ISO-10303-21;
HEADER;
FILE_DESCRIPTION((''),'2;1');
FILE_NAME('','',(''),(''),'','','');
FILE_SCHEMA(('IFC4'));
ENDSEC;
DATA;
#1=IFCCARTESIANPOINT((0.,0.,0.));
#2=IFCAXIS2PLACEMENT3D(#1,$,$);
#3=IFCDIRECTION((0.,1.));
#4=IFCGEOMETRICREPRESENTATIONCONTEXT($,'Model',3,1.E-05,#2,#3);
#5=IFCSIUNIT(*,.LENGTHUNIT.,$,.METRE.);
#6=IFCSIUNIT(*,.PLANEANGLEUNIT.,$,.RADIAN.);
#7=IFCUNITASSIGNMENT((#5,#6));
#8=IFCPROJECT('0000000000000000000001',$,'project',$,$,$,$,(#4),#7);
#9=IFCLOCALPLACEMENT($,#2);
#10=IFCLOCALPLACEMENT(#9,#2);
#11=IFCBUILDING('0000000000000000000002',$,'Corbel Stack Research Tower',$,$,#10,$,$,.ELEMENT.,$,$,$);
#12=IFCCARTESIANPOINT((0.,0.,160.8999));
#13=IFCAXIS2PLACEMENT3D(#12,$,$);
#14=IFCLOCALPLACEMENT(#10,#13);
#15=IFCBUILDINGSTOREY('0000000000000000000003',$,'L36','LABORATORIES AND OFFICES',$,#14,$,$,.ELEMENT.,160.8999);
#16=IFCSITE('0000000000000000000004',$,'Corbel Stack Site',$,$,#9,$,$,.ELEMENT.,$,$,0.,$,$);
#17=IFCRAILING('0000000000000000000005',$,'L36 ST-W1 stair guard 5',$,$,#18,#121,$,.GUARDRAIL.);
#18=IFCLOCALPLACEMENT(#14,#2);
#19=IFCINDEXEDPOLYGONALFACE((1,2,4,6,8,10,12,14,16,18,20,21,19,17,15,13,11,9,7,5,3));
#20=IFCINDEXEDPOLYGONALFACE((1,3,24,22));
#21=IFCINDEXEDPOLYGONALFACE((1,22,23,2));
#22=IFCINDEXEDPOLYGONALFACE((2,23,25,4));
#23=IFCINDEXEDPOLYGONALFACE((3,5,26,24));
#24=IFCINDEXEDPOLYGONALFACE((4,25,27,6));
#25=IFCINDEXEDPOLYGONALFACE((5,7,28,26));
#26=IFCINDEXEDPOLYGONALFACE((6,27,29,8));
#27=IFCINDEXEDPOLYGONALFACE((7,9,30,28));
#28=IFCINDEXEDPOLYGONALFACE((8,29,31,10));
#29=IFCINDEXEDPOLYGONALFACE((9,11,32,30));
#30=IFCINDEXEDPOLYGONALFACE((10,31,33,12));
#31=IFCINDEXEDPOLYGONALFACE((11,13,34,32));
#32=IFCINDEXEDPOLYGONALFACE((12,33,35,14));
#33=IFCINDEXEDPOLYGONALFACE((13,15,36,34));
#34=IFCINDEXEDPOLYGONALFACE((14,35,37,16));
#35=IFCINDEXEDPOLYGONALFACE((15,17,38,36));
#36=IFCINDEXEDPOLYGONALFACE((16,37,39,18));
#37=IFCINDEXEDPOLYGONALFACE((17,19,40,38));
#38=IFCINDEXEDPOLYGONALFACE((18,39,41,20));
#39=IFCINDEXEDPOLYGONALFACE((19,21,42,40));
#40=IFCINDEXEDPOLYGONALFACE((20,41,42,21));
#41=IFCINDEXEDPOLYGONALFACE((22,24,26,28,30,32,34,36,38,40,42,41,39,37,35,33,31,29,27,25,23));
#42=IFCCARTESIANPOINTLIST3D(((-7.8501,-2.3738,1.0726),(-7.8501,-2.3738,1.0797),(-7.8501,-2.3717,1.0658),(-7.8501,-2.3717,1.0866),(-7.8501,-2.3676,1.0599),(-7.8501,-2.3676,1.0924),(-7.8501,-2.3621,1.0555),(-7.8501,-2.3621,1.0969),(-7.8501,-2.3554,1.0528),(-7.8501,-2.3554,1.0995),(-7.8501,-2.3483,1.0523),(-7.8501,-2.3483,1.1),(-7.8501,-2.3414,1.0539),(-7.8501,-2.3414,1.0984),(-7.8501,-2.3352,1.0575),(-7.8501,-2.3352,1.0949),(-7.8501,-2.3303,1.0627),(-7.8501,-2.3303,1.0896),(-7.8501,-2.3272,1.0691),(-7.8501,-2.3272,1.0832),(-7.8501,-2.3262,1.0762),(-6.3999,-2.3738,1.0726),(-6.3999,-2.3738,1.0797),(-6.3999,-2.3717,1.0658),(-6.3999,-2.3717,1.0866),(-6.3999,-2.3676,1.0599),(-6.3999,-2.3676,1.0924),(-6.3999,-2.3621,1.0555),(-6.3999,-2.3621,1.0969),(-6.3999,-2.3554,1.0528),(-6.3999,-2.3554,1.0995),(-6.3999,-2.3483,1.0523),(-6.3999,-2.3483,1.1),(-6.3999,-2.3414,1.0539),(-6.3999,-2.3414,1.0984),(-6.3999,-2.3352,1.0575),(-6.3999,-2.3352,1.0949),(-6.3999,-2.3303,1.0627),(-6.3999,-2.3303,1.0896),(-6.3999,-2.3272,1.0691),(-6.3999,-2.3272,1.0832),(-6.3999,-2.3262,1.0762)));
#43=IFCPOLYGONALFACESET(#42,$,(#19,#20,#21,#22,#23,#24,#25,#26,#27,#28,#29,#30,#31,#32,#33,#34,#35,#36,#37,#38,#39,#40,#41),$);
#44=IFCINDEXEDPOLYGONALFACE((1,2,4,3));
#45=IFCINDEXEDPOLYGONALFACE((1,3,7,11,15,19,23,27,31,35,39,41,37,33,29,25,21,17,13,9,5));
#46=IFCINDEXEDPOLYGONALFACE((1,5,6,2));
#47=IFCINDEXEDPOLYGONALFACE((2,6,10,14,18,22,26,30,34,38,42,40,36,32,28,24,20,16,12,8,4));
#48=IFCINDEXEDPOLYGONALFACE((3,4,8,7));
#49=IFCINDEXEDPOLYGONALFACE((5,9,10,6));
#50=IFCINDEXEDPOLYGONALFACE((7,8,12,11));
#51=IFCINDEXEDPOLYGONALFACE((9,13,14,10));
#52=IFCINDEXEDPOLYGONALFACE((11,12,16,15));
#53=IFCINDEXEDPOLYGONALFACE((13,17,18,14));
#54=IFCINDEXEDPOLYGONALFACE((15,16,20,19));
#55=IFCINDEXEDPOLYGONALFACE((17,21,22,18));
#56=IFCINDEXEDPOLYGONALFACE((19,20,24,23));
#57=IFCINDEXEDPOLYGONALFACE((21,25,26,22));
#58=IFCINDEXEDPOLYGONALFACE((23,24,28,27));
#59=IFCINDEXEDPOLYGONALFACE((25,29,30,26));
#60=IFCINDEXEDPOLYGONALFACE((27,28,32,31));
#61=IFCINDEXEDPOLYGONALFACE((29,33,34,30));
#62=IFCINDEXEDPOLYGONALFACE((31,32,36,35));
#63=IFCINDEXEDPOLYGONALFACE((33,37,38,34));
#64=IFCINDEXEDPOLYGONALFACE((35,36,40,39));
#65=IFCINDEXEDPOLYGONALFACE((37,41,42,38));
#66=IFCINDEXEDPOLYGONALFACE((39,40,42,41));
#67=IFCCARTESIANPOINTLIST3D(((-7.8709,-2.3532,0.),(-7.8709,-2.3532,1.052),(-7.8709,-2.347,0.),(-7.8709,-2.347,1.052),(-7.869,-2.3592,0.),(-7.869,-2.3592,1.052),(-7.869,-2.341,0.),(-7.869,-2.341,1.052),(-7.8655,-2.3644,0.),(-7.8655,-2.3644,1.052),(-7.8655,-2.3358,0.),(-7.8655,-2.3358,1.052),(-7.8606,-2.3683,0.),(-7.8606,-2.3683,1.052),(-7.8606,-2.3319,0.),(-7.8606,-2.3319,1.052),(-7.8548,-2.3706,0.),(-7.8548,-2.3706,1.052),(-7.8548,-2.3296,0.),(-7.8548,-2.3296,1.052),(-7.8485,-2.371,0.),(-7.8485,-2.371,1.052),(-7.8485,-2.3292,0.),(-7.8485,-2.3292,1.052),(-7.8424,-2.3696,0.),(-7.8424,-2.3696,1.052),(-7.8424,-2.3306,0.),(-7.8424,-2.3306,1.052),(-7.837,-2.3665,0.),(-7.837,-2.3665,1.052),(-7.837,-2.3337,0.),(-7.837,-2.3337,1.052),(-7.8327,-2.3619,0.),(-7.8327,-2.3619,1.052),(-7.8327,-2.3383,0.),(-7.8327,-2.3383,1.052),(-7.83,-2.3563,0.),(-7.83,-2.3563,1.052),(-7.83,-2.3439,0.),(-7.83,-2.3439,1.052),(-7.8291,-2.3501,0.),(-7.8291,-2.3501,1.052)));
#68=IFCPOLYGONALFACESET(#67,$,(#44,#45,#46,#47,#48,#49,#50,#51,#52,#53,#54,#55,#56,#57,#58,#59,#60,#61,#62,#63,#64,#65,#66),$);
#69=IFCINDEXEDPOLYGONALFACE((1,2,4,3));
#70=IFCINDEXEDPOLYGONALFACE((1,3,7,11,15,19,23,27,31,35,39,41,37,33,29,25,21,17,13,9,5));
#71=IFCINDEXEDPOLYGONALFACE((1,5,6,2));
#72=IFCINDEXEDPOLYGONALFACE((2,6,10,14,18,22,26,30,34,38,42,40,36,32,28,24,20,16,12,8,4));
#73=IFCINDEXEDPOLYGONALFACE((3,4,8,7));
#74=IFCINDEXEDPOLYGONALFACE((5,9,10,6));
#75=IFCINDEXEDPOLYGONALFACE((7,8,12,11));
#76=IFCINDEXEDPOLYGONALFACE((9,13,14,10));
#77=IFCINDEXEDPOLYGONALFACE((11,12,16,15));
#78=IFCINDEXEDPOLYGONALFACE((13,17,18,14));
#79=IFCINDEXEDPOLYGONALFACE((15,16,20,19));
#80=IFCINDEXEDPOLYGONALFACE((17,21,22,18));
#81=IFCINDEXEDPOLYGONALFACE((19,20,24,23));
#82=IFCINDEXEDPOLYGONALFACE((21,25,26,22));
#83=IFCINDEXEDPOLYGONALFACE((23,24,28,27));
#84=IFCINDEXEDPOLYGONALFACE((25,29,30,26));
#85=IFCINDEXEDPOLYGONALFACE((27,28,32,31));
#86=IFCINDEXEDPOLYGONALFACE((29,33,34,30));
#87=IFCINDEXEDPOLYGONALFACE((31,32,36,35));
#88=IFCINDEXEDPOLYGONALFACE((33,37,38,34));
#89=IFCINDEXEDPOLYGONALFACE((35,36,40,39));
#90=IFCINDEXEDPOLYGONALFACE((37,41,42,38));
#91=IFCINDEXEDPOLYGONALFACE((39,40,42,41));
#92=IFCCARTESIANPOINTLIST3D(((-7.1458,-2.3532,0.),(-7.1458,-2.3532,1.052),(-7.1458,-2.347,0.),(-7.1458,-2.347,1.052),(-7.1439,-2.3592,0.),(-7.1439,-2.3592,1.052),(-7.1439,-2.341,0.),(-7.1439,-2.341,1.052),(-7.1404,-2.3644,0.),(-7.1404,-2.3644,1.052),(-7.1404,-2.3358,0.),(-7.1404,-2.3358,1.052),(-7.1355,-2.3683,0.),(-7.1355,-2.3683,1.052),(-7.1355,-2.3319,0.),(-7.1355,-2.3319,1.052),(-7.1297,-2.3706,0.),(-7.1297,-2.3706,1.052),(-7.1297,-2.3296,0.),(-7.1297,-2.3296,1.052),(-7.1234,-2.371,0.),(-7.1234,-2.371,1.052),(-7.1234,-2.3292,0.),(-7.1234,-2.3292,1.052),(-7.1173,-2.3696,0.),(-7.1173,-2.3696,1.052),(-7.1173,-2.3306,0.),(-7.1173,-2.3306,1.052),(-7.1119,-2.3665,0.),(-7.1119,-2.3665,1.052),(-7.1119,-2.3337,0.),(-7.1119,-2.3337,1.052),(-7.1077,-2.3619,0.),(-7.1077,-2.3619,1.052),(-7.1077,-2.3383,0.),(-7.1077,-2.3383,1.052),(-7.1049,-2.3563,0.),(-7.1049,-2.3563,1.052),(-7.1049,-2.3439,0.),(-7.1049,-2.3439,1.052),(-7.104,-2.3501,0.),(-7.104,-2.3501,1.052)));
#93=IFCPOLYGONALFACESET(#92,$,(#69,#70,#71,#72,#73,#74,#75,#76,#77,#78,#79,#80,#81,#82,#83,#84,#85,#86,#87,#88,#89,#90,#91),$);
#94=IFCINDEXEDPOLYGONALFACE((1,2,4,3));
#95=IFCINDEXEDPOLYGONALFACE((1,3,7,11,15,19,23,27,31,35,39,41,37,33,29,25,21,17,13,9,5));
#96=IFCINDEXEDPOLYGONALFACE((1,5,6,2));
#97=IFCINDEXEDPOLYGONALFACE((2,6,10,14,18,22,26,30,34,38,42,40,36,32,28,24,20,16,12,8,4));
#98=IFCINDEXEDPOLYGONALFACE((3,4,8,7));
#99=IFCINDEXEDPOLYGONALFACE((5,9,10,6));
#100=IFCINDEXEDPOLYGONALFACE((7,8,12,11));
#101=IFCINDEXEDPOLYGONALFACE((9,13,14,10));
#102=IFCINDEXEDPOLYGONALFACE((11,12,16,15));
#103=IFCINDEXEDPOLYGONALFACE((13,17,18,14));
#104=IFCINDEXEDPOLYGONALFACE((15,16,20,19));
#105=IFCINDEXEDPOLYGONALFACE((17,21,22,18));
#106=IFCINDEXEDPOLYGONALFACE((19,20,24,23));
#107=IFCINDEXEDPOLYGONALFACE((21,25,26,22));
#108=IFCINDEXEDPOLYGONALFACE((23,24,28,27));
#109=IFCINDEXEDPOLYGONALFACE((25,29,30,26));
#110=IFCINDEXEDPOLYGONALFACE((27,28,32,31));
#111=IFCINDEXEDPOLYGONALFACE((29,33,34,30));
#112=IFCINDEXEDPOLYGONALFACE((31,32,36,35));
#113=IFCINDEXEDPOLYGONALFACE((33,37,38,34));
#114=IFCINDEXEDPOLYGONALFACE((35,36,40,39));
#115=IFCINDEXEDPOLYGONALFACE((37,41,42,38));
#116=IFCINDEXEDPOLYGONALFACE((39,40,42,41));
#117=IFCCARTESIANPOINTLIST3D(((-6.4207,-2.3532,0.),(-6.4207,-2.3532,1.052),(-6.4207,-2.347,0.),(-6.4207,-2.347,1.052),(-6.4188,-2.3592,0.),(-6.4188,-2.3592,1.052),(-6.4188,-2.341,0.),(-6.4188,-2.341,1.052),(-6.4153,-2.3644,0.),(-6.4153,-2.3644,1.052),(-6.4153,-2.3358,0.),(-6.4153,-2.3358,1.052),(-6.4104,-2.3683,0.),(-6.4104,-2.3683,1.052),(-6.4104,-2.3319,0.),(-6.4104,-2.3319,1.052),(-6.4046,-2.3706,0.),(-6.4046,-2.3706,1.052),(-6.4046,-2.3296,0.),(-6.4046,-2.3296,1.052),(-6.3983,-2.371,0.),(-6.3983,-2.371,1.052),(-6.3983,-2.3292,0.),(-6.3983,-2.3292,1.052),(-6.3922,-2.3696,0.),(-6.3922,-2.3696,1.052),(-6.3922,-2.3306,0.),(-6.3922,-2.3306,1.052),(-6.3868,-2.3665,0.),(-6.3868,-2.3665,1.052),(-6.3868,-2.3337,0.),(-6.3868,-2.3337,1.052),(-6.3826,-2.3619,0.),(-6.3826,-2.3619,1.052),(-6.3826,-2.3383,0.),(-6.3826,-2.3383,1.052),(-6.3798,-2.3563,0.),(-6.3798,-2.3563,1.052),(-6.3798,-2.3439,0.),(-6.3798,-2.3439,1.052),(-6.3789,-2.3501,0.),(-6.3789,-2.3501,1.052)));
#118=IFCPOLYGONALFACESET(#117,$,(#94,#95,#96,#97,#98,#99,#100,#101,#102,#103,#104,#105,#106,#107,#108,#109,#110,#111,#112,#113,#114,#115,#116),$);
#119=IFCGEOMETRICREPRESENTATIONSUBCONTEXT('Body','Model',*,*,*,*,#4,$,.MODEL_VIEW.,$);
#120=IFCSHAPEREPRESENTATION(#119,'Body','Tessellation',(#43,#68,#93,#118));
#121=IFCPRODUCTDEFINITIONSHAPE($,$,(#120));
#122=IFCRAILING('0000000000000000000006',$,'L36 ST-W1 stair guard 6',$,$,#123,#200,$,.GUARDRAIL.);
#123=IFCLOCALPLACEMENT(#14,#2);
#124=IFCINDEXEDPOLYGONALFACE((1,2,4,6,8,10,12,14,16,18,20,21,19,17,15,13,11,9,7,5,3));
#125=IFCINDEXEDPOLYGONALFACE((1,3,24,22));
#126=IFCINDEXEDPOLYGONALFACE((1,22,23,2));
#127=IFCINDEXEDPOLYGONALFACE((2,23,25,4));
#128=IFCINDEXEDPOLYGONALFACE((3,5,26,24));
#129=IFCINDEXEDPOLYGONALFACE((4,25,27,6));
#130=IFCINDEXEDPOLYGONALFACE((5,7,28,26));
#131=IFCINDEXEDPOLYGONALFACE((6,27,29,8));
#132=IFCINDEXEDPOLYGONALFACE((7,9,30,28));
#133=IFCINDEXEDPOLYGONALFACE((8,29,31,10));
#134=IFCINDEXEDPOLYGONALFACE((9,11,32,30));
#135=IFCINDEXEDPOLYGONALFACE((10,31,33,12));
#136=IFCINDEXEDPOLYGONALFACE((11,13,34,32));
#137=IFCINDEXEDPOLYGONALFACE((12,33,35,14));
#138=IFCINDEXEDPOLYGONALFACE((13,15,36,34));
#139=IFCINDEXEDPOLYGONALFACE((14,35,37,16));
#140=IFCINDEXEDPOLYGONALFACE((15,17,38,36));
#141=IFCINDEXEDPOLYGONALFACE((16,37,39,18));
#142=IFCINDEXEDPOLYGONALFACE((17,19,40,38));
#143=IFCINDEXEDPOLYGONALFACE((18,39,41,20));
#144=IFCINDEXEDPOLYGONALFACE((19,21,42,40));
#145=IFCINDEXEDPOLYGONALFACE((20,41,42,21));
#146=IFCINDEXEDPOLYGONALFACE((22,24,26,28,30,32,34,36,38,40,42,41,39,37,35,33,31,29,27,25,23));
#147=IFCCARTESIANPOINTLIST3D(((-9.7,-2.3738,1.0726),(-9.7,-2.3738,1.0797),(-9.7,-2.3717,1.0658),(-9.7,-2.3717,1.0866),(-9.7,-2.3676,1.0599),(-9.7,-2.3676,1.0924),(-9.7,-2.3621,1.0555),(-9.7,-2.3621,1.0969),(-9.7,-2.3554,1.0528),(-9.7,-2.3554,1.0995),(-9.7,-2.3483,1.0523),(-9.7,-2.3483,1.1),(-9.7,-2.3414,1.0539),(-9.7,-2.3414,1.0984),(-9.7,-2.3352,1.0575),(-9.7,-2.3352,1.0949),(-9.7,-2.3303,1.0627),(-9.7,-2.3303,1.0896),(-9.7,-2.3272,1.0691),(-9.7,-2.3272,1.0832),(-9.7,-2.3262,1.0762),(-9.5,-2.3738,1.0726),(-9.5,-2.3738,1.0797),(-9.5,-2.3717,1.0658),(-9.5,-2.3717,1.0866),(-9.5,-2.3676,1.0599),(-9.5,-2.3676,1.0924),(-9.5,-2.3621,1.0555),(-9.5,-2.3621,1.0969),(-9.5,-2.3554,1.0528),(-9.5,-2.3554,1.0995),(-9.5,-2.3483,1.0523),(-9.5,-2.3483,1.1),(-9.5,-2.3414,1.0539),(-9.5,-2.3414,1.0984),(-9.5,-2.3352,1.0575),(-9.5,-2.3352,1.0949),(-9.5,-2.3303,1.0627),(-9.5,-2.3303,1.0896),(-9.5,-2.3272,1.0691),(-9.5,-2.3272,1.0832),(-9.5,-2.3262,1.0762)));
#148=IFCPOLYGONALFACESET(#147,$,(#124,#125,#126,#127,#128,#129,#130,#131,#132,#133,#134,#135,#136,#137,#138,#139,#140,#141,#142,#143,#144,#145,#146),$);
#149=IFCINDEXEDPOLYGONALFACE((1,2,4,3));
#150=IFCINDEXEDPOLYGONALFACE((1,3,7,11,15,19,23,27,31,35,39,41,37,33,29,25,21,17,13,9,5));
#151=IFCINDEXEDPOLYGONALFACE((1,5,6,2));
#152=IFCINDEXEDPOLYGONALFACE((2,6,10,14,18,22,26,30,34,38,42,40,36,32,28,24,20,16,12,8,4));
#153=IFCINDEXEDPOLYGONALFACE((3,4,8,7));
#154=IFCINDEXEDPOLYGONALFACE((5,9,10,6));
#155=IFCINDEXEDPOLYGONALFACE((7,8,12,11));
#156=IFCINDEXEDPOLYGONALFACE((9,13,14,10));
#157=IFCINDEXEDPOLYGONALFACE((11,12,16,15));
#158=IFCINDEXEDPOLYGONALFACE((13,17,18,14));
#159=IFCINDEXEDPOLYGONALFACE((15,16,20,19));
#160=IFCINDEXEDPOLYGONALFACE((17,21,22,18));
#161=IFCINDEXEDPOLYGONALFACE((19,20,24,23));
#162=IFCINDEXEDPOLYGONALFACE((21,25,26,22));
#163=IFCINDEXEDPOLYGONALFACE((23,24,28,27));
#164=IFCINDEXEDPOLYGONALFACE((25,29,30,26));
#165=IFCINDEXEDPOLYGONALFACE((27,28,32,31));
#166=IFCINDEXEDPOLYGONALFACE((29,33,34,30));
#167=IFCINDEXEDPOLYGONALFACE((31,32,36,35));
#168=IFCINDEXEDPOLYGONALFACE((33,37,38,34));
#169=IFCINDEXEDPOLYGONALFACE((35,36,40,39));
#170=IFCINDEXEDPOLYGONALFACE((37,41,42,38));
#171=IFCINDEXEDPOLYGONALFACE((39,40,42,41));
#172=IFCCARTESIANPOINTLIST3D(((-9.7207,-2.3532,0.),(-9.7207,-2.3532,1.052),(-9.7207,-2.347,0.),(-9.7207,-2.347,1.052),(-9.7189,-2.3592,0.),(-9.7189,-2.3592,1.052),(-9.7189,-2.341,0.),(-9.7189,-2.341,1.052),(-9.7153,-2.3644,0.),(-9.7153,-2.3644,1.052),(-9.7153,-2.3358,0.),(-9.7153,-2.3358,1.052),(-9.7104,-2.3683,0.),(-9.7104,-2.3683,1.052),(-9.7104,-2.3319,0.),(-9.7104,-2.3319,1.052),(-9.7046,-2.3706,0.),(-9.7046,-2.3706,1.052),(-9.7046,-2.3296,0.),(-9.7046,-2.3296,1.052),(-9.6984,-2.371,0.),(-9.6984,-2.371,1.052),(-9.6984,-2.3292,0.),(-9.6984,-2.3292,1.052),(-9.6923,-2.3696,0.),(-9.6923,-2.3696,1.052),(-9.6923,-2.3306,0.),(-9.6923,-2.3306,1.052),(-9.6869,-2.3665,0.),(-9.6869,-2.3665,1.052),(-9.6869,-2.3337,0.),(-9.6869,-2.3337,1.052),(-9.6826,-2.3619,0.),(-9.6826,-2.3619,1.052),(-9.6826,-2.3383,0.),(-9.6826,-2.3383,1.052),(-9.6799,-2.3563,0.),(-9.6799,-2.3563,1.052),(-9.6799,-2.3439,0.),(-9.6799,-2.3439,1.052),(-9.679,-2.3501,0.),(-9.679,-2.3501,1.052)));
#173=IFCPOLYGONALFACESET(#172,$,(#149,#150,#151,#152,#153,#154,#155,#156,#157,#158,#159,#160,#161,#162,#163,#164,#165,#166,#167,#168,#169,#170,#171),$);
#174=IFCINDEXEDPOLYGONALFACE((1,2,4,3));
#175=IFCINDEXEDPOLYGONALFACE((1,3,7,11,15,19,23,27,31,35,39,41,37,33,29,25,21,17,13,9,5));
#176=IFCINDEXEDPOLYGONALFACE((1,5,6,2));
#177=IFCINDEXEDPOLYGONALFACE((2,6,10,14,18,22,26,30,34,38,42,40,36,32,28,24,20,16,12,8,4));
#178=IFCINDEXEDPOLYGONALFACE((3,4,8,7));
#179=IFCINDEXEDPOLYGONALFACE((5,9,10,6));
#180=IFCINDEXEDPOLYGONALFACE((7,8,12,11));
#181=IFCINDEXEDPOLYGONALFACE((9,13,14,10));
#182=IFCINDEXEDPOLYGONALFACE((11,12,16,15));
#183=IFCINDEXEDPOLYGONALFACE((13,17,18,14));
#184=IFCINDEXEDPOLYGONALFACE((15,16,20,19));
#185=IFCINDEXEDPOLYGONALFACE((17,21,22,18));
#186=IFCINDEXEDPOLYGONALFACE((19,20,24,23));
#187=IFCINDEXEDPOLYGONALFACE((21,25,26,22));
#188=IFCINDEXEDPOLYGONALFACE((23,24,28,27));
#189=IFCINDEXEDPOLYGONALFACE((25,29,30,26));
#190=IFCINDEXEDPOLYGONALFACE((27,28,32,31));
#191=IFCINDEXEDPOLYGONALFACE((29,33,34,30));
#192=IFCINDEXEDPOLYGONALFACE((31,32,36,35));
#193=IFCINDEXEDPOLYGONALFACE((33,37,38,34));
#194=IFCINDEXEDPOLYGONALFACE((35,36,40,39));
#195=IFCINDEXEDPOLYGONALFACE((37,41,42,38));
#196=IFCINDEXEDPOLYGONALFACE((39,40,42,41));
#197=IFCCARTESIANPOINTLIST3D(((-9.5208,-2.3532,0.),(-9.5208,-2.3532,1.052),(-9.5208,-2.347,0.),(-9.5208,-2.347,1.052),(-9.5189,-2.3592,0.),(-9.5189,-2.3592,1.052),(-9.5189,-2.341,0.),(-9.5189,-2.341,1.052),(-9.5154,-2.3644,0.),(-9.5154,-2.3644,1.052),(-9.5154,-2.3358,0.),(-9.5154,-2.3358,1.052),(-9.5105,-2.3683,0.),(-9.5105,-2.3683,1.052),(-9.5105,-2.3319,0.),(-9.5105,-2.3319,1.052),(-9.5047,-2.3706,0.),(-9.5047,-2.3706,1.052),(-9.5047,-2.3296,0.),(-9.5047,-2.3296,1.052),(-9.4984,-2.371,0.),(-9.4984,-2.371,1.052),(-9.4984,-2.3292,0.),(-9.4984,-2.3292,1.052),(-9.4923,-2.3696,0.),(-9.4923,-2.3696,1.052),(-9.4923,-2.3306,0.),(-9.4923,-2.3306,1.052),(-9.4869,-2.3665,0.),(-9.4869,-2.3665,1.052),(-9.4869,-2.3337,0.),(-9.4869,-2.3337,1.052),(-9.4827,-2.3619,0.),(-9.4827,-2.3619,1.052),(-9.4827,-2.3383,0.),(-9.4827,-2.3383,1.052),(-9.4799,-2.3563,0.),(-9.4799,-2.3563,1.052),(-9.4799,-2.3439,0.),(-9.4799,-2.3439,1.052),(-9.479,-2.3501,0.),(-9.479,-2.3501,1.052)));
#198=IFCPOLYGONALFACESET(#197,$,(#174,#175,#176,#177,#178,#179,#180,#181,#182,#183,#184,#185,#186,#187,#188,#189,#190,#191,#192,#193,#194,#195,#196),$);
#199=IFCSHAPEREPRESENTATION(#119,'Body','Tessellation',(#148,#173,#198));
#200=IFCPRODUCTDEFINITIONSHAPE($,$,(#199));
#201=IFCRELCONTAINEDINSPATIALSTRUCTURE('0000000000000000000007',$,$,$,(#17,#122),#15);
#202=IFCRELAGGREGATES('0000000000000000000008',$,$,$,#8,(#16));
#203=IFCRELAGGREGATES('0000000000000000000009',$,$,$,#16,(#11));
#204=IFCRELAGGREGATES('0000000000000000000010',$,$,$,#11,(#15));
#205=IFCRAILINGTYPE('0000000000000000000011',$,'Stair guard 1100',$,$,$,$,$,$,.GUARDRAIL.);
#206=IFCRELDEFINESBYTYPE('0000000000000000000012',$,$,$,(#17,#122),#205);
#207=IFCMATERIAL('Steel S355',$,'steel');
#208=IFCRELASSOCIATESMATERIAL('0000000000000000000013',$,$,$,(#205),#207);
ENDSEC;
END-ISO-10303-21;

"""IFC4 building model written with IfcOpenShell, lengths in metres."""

from ifc_helpers import new_model, si_unit, direction, frame, origin, origin_2d, place, context, subcontext, project, spatial, circle, extrude, material, type_object, element, save


model = new_model("IFC4")

# Units and contexts
model_context = context("Model", 3, precision=1e-05, world=origin(), true_north=direction((0.0, 1.0)))
body_context = subcontext(model_context, "Body", "Model", "MODEL_VIEW")
ifc_project = project(units=[si_unit("LENGTHUNIT", "METRE"), si_unit("PLANEANGLEUNIT", "RADIAN")], contexts=[model_context])

# Site, building, storey
site_placement = place(None, origin())
site = spatial("IfcSite", under=ifc_project, at=site_placement, Name="Corbel Stack Site", CompositionType="ELEMENT", RefElevation=0.0)
building_placement = place(site_placement, origin())
building = spatial("IfcBuilding", under=site, at=building_placement, Name="Corbel Stack Research Tower", CompositionType="ELEMENT")
storey_placement = place(building_placement, frame((0.0, 0.0, 160.8999)))
storey = spatial("IfcBuildingStorey", under=building, at=storey_placement, Name="L36", Description="LABORATORIES AND OFFICES", CompositionType="ELEMENT", Elevation=160.8999)

# Railings
ifc_material_1 = material(Name="Steel S355", Category="steel")
railing_type_1 = type_object("IfcRailingType", Name="Stair guard 1100", PredefinedType="GUARDRAIL", material=ifc_material_1)
railing_1_placement = place(storey_placement, frame((-7.8501, -2.3501, 0.0)))
element("IfcRailing", 1, at=railing_1_placement, inside=storey, type_object=railing_type_1, Name="L36 ST-W1 stair guard 5", PredefinedType="GUARDRAIL", context=body_context, shape_type="SweptSolid", body=[
    extrude(circle(Radius=0.0239, at=origin_2d()), frame((0.0, 0.0, 1.0762), z_axis=(1.0, 0.0, 0.0), x_axis=(0.0, 1.0, 0.0)), (0.0, 0.0, 1.0), 1.4502),
    extrude(circle(Radius=0.021, at=origin_2d()), origin(), (0.0, 0.0, 1.0), 1.052),
    extrude(circle(Radius=0.021, at=origin_2d()), frame((0.7251, 0.0, 0.0)), (0.0, 0.0, 1.0), 1.052),
    extrude(circle(Radius=0.021, at=origin_2d()), frame((1.4502, 0.0, 0.0)), (0.0, 0.0, 1.0), 1.052),
])
railing_2_placement = place(storey_placement, frame((-9.7, -2.3501, 0.0)))
element("IfcRailing", 2, at=railing_2_placement, inside=storey, type_object=railing_type_1, Name="L36 ST-W1 stair guard 6", PredefinedType="GUARDRAIL", context=body_context, shape_type="SweptSolid", body=[
    extrude(circle(Radius=0.0239, at=origin_2d()), frame((0.0, 0.0, 1.0762), z_axis=(1.0, 0.0, 0.0), x_axis=(0.0, 1.0, 0.0)), (0.0, 0.0, 1.0), 0.2),
    extrude(circle(Radius=0.021, at=origin_2d()), origin(), (0.0, 0.0, 1.0), 1.052),
    extrude(circle(Radius=0.021, at=origin_2d()), frame((0.2, 0.0, 0.0)), (0.0, 0.0, 1.0), 1.052),
])

save(model, "model.ifc")
